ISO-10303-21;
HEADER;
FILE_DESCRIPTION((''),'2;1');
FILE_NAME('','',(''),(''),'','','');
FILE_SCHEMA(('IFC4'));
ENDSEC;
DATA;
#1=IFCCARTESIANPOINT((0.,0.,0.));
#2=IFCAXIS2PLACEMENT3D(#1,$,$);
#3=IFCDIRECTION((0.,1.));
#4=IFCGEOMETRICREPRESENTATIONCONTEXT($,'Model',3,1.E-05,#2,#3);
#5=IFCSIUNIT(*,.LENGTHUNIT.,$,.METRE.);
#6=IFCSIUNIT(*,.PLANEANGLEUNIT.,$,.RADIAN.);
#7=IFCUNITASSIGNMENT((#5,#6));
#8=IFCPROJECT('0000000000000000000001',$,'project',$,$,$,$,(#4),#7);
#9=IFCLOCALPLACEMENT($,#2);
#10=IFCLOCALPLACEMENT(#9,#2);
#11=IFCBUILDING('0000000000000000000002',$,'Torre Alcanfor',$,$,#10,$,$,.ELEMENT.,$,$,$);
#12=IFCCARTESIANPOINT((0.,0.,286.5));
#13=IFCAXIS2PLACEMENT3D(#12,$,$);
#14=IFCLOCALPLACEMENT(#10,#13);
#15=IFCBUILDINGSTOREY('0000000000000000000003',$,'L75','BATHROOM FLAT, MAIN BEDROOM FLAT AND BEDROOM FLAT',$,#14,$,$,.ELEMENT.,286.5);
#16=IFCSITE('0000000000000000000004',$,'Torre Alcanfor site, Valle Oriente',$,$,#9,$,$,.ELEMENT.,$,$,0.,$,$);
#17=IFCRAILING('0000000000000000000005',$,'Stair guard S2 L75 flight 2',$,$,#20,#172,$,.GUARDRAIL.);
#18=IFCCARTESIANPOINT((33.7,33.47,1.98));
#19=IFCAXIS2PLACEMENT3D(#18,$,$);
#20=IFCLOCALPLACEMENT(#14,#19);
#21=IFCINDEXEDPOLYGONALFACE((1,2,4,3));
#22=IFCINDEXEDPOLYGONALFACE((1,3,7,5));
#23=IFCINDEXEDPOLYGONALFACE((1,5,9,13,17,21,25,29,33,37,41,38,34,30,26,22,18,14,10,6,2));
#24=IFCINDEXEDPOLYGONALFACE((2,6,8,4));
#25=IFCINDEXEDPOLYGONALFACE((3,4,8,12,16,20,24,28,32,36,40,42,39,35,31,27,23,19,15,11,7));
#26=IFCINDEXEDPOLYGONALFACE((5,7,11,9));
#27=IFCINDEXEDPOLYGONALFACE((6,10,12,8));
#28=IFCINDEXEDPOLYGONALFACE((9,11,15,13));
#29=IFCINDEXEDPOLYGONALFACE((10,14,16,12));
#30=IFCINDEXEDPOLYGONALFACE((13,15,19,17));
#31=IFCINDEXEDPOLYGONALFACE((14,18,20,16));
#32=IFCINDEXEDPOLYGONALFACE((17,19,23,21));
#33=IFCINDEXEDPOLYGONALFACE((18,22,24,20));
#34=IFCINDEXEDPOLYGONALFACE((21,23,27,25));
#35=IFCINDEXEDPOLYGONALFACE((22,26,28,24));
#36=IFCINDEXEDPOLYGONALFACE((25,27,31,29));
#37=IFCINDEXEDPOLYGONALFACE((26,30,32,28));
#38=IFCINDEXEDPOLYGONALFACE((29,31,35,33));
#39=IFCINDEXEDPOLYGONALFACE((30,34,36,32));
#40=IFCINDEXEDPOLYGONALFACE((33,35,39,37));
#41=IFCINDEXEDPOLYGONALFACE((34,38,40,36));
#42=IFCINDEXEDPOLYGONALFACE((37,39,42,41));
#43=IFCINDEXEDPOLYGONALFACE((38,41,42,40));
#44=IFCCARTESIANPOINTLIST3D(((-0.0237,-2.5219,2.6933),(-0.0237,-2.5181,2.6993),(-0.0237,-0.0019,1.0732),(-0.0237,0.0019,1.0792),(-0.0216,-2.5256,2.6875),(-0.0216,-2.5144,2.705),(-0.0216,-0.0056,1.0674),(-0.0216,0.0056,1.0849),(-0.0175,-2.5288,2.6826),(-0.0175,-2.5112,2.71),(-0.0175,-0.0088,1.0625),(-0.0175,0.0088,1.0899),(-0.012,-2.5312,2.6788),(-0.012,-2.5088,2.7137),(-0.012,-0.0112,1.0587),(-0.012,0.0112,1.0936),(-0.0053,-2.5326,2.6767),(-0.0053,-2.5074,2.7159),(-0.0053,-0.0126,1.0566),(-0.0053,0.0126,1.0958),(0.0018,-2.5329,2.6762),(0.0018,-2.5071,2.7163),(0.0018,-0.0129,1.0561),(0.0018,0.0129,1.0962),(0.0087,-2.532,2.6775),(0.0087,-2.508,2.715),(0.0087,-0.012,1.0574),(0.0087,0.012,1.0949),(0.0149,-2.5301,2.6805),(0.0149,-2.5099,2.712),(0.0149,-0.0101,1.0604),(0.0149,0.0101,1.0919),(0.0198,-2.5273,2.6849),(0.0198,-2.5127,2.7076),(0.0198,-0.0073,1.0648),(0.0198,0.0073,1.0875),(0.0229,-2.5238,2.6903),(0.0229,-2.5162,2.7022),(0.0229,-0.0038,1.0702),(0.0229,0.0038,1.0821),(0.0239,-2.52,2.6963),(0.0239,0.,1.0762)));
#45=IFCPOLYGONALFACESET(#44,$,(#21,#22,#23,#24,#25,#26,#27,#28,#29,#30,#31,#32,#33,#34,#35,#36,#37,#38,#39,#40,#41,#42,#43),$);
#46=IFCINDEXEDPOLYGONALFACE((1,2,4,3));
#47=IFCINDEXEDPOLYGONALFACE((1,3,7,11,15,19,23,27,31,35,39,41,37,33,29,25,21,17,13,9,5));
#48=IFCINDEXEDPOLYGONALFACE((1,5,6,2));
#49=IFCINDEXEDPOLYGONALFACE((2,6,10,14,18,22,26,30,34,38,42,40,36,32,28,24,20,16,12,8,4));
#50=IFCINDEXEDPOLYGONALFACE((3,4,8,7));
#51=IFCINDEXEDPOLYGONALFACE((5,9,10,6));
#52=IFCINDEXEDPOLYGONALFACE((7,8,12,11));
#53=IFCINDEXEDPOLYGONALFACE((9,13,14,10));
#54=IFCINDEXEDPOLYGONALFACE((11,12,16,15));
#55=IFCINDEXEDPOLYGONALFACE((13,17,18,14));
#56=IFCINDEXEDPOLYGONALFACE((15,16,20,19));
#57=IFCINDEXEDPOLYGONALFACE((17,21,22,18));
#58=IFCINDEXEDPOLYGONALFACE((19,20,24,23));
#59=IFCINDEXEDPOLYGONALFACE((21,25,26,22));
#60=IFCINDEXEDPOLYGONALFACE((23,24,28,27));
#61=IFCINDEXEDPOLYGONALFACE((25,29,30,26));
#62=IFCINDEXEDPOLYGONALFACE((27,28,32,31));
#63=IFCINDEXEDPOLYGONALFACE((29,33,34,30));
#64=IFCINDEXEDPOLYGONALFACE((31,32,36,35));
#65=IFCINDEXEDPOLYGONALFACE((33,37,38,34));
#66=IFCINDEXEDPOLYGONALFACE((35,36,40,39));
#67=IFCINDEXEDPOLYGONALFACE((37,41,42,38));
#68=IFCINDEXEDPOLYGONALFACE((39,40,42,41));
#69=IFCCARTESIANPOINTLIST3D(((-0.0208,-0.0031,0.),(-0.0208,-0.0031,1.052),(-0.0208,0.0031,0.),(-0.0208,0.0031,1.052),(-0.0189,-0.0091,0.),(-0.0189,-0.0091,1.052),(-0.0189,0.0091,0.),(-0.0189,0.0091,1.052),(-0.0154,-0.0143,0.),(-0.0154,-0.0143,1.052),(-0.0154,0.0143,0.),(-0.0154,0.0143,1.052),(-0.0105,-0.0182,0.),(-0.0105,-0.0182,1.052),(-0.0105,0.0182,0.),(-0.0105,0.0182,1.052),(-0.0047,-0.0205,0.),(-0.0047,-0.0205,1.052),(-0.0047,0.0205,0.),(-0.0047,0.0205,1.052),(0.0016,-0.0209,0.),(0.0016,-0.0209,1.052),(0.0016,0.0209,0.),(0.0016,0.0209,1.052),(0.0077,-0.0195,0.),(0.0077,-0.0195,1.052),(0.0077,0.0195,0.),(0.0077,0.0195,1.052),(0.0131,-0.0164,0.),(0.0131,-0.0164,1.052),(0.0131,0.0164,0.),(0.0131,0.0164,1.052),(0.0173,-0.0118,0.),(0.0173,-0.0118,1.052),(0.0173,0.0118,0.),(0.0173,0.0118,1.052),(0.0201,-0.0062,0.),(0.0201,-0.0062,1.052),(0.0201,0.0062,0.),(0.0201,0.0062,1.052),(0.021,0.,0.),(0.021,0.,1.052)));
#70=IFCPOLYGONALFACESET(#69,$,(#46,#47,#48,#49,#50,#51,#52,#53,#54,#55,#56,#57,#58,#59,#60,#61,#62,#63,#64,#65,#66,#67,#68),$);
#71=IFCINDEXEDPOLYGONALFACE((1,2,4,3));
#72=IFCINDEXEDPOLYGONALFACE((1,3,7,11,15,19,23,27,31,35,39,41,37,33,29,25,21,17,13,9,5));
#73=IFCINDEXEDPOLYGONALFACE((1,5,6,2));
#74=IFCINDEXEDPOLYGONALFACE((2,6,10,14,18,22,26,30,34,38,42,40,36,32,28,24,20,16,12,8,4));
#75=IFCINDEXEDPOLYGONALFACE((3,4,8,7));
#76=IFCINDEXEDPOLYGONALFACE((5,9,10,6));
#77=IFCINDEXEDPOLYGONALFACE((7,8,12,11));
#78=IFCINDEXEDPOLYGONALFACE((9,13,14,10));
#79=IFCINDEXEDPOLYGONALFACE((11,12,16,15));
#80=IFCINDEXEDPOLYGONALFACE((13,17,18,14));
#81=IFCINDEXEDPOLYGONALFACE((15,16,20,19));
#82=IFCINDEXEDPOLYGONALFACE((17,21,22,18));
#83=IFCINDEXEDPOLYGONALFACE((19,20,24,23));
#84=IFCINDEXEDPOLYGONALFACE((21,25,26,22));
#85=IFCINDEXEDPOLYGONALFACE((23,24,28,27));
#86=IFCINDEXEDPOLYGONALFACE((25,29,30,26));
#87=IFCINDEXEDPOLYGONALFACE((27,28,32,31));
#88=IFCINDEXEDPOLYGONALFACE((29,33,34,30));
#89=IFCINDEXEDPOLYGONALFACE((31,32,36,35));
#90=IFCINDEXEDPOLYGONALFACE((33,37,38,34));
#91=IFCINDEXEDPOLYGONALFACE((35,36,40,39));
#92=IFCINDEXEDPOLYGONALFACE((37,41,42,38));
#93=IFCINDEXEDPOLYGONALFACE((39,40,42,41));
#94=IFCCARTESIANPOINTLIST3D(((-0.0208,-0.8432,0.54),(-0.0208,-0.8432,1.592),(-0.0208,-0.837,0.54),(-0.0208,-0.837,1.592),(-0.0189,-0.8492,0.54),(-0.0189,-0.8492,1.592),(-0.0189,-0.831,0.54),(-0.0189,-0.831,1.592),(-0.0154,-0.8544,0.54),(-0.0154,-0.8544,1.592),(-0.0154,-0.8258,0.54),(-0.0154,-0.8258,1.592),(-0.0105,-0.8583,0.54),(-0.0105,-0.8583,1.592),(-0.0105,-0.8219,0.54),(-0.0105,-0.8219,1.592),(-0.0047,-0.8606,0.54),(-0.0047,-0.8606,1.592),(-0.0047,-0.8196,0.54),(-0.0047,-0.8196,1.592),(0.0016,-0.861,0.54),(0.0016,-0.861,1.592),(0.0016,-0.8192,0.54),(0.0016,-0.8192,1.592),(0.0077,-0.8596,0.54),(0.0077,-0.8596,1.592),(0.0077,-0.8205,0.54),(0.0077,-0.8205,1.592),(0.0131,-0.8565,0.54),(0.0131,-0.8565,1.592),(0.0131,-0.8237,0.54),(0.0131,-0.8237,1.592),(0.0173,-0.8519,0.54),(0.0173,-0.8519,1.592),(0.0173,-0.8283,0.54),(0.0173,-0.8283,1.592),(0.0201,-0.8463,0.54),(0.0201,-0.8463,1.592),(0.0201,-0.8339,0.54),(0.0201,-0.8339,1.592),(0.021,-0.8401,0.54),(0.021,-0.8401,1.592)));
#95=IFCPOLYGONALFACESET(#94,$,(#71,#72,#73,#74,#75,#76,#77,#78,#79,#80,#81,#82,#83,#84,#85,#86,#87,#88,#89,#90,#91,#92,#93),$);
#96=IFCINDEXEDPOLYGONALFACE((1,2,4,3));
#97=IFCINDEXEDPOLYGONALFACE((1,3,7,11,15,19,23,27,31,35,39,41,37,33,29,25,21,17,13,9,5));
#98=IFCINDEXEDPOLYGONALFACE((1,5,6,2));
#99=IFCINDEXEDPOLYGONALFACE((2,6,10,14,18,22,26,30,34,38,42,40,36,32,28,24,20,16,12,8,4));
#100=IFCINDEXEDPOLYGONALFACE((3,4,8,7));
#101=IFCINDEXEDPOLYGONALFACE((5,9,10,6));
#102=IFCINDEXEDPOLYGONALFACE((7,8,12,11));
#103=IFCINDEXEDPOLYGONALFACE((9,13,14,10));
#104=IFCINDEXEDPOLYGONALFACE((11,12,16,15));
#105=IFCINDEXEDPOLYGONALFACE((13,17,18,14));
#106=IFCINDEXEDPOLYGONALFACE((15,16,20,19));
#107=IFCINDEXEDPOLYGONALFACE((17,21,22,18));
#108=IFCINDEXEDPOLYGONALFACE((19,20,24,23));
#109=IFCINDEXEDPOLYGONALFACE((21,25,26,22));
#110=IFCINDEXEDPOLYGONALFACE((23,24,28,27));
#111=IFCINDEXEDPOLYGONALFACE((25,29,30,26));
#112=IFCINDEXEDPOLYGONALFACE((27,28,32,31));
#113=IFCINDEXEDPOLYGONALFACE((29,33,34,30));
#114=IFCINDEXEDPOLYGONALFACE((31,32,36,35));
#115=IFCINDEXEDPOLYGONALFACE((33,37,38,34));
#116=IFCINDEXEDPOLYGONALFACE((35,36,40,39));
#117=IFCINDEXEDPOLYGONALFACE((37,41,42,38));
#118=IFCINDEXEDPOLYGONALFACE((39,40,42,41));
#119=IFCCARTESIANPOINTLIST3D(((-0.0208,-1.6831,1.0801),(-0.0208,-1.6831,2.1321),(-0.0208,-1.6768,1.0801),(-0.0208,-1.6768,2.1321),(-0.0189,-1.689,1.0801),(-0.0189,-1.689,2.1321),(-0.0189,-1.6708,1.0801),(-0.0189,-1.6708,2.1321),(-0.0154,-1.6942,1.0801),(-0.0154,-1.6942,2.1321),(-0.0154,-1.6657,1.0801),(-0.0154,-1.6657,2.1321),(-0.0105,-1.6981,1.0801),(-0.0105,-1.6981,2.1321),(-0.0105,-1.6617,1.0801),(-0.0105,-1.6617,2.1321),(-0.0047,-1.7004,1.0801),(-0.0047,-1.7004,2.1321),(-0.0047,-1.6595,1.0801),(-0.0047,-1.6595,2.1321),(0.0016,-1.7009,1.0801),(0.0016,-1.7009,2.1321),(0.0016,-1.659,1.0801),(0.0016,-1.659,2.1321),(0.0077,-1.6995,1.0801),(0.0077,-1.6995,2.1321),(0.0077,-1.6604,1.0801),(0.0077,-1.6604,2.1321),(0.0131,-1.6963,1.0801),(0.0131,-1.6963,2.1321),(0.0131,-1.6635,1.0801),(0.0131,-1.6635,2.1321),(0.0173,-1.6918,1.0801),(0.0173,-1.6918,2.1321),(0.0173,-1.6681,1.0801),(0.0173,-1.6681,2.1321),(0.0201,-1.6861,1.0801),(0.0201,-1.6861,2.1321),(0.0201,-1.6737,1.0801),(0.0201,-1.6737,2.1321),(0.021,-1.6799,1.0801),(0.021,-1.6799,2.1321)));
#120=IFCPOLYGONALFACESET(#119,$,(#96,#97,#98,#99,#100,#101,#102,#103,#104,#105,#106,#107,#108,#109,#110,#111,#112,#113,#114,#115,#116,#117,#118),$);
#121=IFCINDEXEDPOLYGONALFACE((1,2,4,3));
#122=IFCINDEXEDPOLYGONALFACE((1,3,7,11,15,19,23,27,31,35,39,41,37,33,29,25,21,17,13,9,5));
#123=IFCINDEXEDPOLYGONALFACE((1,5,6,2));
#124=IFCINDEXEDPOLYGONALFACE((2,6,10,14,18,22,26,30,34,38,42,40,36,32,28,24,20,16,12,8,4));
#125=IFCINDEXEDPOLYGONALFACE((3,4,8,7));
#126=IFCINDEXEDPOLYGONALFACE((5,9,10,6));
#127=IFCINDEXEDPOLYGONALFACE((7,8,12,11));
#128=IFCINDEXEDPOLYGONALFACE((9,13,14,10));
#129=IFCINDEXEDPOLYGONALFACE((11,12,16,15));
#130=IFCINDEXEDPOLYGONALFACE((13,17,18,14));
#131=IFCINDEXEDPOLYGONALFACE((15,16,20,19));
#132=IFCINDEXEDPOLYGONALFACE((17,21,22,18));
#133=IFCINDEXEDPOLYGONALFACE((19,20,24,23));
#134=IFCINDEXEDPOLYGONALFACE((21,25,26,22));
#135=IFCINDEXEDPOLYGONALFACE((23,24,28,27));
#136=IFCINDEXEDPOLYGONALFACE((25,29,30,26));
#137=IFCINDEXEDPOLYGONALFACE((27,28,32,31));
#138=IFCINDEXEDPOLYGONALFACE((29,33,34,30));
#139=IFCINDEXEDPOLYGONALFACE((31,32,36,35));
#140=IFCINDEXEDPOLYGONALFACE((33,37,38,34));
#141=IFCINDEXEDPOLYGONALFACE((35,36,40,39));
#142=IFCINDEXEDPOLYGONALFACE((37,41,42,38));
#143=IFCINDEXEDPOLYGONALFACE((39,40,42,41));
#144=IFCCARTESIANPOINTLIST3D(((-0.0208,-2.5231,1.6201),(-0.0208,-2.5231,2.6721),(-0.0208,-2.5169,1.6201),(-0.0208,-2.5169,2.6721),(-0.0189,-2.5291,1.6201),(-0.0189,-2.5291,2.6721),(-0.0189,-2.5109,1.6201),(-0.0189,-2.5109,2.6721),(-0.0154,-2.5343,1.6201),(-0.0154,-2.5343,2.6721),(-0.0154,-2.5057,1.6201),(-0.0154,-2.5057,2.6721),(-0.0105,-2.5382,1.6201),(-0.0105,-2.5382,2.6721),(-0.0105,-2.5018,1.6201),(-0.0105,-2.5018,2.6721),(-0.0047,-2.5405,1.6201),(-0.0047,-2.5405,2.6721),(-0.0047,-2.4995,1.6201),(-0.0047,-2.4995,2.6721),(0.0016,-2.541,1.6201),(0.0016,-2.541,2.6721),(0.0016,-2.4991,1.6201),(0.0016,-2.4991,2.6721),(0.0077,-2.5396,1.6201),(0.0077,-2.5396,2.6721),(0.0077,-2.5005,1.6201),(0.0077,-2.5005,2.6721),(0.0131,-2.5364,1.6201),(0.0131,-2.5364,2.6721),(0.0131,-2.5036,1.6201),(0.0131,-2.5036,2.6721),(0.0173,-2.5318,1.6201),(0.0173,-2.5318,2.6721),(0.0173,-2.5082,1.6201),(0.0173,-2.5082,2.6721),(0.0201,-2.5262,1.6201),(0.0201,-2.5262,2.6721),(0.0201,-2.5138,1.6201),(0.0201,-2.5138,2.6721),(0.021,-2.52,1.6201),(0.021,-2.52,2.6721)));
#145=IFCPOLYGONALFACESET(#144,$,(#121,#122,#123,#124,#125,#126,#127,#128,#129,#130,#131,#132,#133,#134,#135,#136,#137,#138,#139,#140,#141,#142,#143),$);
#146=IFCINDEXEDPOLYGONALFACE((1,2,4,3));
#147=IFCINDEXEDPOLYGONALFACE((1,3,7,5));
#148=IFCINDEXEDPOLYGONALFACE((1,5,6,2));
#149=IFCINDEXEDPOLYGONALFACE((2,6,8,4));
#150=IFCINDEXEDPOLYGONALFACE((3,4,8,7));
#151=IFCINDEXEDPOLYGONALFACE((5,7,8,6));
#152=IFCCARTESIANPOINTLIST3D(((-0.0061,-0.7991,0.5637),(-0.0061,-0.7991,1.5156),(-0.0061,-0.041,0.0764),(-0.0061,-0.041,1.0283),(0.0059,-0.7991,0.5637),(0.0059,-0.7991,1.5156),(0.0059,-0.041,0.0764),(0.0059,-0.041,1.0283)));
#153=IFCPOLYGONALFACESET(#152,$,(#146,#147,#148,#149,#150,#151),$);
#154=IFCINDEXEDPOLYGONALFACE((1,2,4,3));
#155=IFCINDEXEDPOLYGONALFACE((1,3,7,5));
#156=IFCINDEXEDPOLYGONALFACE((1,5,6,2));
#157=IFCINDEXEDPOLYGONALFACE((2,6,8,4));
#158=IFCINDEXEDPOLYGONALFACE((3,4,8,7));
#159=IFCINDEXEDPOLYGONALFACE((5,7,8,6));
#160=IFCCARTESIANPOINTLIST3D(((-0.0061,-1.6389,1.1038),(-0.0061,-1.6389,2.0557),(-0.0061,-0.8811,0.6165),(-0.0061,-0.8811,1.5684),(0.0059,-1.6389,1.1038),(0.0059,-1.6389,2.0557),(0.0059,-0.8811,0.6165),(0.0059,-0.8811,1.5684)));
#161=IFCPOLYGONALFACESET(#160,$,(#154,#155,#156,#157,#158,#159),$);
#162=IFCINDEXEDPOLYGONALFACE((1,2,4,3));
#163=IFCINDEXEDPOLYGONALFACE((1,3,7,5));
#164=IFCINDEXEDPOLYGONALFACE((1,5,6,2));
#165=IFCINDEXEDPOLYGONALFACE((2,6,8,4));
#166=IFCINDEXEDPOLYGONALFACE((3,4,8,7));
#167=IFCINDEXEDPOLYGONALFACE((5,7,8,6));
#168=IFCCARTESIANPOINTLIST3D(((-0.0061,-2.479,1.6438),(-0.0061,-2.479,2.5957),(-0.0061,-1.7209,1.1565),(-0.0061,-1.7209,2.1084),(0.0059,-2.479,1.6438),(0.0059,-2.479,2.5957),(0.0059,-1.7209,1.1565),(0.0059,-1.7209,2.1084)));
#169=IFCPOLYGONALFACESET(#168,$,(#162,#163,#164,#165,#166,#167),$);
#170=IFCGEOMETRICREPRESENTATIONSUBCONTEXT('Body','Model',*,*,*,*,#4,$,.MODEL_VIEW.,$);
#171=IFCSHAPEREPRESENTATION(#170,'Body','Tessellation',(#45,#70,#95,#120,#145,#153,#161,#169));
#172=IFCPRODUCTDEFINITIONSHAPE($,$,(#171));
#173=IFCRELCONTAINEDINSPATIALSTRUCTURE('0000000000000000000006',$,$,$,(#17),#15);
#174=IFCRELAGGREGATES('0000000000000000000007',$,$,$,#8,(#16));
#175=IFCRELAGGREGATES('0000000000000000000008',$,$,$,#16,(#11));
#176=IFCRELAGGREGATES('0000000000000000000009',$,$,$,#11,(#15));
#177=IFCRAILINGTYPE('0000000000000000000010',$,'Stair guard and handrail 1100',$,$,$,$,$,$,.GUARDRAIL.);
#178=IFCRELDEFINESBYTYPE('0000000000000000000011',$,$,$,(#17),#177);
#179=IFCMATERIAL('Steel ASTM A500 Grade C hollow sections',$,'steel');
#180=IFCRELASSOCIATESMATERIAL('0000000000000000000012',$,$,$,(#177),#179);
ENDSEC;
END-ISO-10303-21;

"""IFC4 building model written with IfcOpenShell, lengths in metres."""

from ifc_helpers import new_model, si_unit, direction, frame, origin, origin_2d, place, context, subcontext, project, spatial, polyline, circle, outline, extrude, material, type_object, element, save


model = new_model("IFC4")

# Units and contexts
model_context = context("Model", 3, precision=1e-05, world=origin(), true_north=direction((0.0, 1.0)))
body_context = subcontext(model_context, "Body", "Model", "MODEL_VIEW")
ifc_project = project(units=[si_unit("LENGTHUNIT", "METRE"), si_unit("PLANEANGLEUNIT", "RADIAN")], contexts=[model_context])

# Site, building, storey
site_placement = place(None, origin())
site = spatial("IfcSite", under=ifc_project, at=site_placement, Name="Torre Alcanfor site, Valle Oriente", CompositionType="ELEMENT", RefElevation=0.0)
building_placement = place(site_placement, origin())
building = spatial("IfcBuilding", under=site, at=building_placement, Name="Torre Alcanfor", CompositionType="ELEMENT")
storey_placement = place(building_placement, frame((0.0, 0.0, 286.5)))
storey = spatial("IfcBuildingStorey", under=building, at=storey_placement, Name="L75", Description="BATHROOM FLAT, MAIN BEDROOM FLAT AND BEDROOM FLAT", CompositionType="ELEMENT", Elevation=286.5)

# Railing
ifc_material_1 = material(Name="Steel ASTM A500 Grade C hollow sections", Category="steel")
railing_type_1 = type_object("IfcRailingType", Name="Stair guard and handrail 1100", PredefinedType="GUARDRAIL", material=ifc_material_1)
railing_1_placement = place(storey_placement, frame((33.7, 33.47, 1.98)))
element("IfcRailing", 1, at=railing_1_placement, inside=storey, type_object=railing_type_1, Name="Stair guard S2 L75 flight 2", PredefinedType="GUARDRAIL", context=body_context, shape_type="SweptSolid", body=[
    extrude(circle(Radius=0.0239, at=origin_2d()), frame((0.0, 0.0, 1.0762), z_axis=(0.0, -0.841163, 0.540782), x_axis=(1.0, 0.0, 0.0)), (0.0, 0.0, 1.0), 2.9958),
    extrude(circle(Radius=0.021, at=origin_2d()), origin(), (0.0, 0.0, 1.0), 1.052),
    extrude(circle(Radius=0.021, at=origin_2d()), frame((0.0, -0.8401, 0.54)), (0.0, 0.0, 1.0), 1.052),
    extrude(circle(Radius=0.021, at=origin_2d()), frame((0.0, -1.6799, 1.0801)), (0.0, 0.0, 1.0), 1.052),
    extrude(circle(Radius=0.021, at=origin_2d()), frame((0.0, -2.52, 1.6201)), (0.0, 0.0, 1.0), 1.052),
    extrude(outline(polyline([(0.041, 0.0764), (0.7991, 0.5637), (0.7991, 1.5156), (0.041, 1.0283), (0.041, 0.0764)])), frame((0.0059, 0.0, 0.0), z_axis=(-1.0, 0.0, 0.0), x_axis=(0.0, -1.0, 0.0)), (0.0, 0.0, 1.0), 0.012),
    extrude(outline(polyline([(0.8811, 0.6165), (1.6389, 1.1038), (1.6389, 2.0557), (0.8811, 1.5684), (0.8811, 0.6165)])), frame((0.0059, 0.0, 0.0), z_axis=(-1.0, 0.0, 0.0), x_axis=(0.0, -1.0, 0.0)), (0.0, 0.0, 1.0), 0.012),
    extrude(outline(polyline([(1.7209, 1.1565), (2.479, 1.6438), (2.479, 2.5957), (1.7209, 2.1084), (1.7209, 1.1565)])), frame((0.0059, 0.0, 0.0), z_axis=(-1.0, 0.0, 0.0), x_axis=(0.0, -1.0, 0.0)), (0.0, 0.0, 1.0), 0.012),
])

save(model, "model.ifc")
